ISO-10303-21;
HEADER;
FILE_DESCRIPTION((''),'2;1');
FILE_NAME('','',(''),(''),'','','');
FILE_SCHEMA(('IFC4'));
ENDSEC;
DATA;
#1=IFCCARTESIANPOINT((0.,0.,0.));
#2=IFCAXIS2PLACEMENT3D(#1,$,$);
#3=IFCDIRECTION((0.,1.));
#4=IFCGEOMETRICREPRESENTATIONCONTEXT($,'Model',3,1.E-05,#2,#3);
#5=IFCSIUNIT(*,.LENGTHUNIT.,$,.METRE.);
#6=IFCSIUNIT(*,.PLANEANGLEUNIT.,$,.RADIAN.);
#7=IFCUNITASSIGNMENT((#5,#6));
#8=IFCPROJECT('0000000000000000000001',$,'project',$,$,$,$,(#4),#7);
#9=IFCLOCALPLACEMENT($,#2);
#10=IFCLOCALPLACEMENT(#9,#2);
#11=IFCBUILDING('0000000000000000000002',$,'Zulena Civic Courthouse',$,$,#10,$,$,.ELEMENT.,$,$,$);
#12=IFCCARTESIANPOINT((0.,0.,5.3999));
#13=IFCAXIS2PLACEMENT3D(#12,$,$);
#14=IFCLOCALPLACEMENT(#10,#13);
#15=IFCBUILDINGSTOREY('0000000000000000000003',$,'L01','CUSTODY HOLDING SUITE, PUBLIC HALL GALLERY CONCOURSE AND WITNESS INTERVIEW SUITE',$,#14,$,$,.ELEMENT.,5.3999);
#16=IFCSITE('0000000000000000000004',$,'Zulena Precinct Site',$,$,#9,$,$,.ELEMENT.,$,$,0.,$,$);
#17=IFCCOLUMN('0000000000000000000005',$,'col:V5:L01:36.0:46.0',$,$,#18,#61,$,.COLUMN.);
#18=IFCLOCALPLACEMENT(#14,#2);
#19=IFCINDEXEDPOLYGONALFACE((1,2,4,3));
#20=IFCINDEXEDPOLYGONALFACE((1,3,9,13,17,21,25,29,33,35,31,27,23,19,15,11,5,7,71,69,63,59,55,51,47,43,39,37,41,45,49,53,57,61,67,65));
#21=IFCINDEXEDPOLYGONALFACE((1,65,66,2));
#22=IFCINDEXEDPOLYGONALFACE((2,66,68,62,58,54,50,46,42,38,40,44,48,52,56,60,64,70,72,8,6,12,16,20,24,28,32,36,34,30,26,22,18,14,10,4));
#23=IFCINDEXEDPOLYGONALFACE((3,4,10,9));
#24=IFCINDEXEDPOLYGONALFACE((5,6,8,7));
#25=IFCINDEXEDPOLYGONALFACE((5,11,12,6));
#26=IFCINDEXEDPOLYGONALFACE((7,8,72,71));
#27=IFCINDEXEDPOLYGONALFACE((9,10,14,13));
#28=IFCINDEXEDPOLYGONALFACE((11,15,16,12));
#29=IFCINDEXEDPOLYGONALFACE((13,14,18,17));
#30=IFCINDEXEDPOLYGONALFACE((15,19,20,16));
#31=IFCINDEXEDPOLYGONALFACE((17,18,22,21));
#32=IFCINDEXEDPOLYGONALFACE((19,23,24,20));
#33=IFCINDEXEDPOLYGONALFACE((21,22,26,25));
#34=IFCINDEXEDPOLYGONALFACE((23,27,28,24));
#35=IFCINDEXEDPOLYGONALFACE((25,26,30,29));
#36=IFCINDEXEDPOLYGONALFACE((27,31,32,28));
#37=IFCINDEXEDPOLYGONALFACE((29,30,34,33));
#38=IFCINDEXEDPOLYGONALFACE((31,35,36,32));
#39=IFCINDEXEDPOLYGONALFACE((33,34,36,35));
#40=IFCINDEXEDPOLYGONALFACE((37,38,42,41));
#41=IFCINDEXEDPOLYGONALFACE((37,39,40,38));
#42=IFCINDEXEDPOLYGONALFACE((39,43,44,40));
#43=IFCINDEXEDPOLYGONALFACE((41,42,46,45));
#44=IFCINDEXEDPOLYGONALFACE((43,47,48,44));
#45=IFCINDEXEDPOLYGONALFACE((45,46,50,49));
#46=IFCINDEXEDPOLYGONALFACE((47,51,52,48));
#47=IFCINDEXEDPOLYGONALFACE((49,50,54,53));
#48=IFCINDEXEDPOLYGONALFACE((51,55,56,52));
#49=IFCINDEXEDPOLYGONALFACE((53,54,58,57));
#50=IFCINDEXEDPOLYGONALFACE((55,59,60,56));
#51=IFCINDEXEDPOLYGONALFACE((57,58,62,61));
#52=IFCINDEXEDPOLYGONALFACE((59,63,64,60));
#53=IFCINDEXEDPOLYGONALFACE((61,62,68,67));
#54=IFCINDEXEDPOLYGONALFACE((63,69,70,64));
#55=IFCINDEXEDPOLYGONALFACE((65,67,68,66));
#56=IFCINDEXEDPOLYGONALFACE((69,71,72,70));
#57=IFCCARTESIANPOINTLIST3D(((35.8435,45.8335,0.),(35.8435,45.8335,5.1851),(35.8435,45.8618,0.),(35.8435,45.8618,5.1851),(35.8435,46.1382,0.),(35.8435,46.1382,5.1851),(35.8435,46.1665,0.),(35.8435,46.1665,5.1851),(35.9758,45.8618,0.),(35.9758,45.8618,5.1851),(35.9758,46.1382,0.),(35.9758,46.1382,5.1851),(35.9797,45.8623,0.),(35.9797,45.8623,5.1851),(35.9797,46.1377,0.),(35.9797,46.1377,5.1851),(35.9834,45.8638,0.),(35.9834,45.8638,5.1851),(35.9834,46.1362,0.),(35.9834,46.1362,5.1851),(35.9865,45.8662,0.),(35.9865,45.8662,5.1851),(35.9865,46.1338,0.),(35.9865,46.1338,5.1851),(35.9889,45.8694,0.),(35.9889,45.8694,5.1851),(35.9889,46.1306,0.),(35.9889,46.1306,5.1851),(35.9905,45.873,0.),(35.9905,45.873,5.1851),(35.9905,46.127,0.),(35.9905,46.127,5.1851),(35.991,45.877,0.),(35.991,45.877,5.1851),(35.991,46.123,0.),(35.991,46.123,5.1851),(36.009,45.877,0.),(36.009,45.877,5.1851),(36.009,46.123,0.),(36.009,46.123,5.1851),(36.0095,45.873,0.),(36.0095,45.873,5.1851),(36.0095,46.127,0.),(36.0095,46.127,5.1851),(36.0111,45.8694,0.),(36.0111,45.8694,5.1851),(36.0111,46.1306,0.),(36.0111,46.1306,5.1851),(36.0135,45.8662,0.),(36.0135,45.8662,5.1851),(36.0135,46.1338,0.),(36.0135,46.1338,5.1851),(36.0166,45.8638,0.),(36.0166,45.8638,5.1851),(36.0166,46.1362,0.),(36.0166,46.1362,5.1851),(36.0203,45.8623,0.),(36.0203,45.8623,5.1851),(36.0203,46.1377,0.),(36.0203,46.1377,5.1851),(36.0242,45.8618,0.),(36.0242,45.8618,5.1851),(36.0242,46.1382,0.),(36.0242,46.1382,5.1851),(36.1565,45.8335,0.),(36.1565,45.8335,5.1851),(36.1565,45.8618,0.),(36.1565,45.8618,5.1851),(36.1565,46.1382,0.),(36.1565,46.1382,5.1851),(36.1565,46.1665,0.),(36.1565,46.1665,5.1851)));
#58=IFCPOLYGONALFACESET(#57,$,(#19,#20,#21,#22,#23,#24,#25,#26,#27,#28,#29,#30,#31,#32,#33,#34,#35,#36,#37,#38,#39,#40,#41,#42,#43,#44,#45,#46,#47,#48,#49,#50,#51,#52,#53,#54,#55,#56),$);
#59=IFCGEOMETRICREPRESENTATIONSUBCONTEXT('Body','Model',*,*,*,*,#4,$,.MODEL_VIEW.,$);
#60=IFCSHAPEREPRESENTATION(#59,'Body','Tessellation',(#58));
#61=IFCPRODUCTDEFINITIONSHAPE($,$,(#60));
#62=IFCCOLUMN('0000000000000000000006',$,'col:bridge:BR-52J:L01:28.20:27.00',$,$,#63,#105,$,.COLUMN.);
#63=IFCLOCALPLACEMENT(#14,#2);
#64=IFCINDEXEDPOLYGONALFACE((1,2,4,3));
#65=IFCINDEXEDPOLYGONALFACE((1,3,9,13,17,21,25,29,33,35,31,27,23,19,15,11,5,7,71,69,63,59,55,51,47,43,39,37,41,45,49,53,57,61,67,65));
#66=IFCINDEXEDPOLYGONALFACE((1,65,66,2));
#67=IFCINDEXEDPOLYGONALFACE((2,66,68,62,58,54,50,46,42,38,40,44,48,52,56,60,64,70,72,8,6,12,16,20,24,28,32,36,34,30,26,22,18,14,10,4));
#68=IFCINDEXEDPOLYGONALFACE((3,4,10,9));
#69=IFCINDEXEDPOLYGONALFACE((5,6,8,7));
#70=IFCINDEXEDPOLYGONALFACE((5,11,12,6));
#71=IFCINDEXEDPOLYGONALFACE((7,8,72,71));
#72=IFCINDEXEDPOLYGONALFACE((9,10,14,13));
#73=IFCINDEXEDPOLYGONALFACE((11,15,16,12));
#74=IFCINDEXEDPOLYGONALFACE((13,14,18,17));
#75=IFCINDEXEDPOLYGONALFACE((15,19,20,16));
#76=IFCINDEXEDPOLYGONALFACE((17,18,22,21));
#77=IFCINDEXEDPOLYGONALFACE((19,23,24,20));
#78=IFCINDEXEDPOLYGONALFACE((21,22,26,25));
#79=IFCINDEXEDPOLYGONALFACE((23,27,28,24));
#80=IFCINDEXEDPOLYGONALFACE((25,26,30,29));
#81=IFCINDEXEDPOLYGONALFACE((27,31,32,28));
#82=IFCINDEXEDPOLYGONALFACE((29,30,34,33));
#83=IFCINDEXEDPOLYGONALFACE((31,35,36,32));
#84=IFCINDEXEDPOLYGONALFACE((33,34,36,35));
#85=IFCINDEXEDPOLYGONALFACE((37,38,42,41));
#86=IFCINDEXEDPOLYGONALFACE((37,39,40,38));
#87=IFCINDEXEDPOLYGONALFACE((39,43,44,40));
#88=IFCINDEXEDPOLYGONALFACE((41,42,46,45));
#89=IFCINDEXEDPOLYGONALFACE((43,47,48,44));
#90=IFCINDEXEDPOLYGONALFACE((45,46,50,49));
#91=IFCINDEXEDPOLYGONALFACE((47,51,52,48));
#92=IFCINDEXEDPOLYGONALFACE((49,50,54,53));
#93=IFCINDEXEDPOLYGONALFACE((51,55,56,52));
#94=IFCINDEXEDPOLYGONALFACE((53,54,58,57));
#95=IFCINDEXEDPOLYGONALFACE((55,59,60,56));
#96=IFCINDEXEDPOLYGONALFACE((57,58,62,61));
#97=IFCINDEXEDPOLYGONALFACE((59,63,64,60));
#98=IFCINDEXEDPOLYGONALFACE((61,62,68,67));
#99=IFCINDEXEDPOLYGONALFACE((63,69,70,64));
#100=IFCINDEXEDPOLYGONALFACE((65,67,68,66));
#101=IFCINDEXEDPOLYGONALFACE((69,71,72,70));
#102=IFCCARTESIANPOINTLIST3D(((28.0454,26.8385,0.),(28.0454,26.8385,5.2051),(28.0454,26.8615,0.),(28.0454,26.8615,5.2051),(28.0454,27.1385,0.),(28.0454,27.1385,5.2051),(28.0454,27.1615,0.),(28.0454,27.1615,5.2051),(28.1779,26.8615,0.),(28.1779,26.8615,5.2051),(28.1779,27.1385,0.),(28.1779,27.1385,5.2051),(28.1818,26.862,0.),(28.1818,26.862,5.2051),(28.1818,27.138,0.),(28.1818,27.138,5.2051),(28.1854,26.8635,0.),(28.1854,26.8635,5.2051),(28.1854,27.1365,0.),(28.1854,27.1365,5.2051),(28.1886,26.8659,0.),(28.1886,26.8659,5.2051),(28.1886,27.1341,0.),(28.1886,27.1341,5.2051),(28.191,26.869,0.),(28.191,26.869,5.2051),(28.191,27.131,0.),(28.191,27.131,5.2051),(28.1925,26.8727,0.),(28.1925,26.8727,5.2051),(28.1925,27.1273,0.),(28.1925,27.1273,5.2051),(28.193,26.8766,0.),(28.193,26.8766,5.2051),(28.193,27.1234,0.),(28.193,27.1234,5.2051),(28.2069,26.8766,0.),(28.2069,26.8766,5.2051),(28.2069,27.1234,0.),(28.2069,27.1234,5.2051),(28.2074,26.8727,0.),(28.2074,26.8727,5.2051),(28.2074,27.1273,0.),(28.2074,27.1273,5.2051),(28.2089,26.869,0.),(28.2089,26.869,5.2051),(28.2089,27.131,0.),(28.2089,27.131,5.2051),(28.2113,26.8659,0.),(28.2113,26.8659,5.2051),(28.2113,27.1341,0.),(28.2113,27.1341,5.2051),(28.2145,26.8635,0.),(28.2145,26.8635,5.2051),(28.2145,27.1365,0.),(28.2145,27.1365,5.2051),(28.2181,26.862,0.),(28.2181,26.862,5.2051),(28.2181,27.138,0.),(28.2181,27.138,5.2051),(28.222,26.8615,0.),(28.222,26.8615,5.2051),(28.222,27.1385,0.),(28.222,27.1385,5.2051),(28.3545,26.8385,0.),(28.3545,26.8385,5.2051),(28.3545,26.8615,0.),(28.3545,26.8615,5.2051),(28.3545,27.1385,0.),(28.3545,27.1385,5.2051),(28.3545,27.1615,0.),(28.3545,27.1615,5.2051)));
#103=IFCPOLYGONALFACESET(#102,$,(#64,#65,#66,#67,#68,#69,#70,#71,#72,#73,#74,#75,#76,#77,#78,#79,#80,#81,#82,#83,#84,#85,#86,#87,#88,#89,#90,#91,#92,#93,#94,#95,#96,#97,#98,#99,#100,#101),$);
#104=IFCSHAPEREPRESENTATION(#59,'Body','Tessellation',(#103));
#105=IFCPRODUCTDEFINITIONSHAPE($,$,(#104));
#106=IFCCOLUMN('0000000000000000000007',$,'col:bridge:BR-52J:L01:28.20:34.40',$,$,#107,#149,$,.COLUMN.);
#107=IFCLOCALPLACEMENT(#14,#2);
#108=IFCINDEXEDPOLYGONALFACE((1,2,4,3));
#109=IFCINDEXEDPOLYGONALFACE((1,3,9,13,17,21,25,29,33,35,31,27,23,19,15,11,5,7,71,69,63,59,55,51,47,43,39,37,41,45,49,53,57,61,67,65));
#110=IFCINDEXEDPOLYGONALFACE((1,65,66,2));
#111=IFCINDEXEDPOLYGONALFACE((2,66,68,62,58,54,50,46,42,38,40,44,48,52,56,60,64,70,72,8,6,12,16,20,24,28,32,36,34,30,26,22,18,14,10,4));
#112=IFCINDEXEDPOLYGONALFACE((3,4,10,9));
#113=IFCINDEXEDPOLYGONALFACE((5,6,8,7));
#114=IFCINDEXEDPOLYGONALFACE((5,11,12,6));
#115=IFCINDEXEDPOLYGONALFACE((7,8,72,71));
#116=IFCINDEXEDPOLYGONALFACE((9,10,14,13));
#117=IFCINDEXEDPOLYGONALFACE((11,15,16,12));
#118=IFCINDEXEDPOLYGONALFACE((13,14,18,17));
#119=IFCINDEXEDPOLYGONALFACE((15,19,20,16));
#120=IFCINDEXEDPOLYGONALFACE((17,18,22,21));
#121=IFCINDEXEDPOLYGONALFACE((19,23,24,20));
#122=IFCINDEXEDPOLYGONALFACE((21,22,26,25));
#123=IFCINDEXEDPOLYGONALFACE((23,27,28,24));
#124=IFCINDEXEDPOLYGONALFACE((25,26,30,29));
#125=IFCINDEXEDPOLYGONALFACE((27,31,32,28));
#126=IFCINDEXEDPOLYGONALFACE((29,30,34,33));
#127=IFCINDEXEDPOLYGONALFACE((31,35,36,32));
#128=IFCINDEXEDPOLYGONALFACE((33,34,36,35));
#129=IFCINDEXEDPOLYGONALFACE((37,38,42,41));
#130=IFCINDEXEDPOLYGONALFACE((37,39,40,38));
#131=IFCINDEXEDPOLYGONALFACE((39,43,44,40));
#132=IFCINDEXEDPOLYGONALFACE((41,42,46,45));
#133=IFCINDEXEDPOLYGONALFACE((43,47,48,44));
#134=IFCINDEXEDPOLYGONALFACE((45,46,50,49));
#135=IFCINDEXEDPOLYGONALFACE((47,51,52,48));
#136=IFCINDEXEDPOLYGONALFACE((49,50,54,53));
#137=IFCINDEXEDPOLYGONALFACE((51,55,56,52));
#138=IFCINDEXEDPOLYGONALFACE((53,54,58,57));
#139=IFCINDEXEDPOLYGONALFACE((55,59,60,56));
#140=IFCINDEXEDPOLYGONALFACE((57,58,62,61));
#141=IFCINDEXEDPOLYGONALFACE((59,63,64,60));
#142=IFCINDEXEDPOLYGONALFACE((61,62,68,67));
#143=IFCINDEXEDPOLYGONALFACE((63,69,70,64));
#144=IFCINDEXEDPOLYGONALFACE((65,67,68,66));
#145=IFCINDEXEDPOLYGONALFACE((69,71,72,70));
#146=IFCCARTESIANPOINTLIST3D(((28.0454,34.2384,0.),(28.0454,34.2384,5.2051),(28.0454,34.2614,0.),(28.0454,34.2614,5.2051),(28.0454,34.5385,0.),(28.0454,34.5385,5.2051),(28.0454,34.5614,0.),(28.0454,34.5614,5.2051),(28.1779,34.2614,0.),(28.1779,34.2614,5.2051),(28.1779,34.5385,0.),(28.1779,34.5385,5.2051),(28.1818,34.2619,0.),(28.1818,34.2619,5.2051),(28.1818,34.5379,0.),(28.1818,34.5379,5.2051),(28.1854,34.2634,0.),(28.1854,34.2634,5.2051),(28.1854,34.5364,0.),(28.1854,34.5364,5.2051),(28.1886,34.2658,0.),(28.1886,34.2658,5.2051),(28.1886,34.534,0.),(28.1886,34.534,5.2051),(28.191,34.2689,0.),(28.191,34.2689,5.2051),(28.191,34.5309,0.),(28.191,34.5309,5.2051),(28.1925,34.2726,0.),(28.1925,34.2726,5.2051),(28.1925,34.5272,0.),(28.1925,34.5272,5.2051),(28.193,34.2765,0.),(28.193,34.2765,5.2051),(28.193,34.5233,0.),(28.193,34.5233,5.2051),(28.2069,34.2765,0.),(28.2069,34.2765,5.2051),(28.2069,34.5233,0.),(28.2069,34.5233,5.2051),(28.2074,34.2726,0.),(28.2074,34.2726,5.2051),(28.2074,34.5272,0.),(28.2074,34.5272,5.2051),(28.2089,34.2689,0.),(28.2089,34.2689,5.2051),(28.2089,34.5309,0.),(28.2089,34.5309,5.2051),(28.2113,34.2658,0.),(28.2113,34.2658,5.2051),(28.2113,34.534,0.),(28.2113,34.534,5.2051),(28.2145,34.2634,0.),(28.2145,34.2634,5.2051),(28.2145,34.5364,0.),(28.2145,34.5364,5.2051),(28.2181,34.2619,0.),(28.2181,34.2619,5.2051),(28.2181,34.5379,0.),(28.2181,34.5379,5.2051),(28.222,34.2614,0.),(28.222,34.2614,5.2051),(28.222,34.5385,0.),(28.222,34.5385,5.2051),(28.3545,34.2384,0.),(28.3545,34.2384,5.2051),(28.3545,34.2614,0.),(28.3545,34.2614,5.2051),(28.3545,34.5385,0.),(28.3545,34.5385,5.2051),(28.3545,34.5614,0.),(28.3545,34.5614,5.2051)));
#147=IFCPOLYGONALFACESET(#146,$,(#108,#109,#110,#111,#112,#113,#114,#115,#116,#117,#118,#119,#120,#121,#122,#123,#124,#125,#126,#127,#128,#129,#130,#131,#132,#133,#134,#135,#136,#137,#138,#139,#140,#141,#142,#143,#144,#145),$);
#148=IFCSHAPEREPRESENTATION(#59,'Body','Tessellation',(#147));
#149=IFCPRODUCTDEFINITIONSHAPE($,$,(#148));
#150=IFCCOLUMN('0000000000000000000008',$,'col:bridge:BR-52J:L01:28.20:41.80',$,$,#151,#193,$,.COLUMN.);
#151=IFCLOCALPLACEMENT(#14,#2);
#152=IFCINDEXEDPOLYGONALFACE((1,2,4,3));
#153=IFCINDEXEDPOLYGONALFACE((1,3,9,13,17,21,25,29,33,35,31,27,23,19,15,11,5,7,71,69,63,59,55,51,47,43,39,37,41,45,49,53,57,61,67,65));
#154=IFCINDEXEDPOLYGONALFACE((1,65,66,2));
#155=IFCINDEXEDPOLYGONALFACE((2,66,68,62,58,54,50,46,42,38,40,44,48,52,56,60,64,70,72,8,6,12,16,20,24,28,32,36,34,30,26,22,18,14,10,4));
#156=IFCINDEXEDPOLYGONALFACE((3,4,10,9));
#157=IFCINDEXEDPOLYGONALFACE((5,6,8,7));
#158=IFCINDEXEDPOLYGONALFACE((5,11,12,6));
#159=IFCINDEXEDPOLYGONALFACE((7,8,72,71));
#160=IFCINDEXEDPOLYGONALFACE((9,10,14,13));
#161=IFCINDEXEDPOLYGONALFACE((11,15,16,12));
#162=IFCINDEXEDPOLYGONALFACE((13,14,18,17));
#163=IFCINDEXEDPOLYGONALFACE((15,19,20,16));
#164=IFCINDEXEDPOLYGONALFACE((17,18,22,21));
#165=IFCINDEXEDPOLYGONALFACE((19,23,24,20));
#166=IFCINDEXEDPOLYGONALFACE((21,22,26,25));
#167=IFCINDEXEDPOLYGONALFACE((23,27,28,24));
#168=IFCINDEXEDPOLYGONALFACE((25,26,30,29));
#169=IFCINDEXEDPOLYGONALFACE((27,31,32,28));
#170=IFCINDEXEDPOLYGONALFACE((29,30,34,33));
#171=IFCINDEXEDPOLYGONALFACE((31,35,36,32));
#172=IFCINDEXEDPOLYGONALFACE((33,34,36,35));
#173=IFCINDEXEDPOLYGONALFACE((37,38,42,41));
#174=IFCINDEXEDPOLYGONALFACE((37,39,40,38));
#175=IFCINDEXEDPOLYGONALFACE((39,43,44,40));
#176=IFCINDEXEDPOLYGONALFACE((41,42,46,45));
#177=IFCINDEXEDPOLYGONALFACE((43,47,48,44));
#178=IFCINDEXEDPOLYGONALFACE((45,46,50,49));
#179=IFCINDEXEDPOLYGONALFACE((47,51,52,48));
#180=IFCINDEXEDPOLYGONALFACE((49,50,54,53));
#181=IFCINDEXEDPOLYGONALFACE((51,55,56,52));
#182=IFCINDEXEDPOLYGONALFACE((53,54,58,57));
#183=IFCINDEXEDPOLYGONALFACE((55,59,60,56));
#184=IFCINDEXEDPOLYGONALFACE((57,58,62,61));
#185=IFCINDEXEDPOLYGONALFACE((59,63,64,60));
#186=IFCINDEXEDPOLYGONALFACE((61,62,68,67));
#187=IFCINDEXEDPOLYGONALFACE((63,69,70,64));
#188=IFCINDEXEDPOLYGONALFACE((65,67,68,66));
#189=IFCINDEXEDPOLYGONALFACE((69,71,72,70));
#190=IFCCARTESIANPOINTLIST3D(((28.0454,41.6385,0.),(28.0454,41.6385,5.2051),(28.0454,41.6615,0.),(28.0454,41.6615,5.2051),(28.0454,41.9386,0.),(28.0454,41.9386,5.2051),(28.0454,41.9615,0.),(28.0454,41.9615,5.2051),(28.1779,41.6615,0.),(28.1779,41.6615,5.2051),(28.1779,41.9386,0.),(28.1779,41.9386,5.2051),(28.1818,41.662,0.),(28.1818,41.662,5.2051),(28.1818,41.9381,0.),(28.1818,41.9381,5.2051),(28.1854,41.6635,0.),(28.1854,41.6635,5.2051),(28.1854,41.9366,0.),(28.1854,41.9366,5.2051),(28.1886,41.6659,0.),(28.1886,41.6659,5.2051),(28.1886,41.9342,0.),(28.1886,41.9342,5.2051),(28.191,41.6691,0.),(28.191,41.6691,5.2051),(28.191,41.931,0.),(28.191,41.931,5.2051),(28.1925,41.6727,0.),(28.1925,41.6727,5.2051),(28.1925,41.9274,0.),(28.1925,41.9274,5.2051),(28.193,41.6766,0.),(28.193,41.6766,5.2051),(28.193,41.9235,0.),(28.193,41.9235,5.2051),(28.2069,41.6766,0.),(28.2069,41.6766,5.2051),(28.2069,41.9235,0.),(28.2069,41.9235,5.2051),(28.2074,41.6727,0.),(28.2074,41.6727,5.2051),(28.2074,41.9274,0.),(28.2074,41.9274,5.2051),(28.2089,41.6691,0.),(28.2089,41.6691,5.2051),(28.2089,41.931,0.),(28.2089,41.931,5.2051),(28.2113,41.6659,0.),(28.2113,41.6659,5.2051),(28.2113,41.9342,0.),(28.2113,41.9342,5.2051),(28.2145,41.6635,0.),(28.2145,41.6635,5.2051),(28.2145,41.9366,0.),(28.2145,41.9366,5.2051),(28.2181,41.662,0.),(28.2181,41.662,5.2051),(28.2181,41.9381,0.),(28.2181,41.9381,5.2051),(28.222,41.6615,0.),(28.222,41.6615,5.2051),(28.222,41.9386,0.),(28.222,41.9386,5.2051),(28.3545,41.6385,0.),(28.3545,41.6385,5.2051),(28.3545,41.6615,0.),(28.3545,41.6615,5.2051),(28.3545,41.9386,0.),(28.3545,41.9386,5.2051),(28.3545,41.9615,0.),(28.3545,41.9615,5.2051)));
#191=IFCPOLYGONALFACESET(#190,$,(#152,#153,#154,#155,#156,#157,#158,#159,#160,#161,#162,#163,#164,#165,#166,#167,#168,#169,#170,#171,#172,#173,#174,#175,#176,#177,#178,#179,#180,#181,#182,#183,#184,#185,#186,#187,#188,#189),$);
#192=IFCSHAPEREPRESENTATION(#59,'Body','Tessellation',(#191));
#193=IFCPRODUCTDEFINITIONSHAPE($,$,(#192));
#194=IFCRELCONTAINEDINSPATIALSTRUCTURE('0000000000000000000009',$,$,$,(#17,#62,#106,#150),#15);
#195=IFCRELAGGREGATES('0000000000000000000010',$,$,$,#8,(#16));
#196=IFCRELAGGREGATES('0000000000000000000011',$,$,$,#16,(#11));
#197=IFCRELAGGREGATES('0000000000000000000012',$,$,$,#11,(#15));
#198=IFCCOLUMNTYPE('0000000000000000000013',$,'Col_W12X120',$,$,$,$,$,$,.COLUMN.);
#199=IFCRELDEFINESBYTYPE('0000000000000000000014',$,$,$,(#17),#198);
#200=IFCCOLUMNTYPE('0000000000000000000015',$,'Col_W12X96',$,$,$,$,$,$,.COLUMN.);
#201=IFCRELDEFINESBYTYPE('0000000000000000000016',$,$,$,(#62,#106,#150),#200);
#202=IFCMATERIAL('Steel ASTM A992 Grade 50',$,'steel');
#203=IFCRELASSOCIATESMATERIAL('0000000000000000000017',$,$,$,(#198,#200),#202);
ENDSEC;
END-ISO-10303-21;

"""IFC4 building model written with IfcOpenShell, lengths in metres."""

from ifc_helpers import new_model, si_unit, direction, frame, origin, origin_2d, place, context, subcontext, project, spatial, i_section, extrude, material, material_profile, profile_set, type_object, element, save


model = new_model("IFC4")

# Units and contexts
model_context = context("Model", 3, precision=1e-05, world=origin(), true_north=direction((0.0, 1.0)))
body_context = subcontext(model_context, "Body", "Model", "MODEL_VIEW")
ifc_project = project(units=[si_unit("LENGTHUNIT", "METRE"), si_unit("PLANEANGLEUNIT", "RADIAN")], contexts=[model_context])

# Site, building, storey
site_placement = place(None, origin())
site = spatial("IfcSite", under=ifc_project, at=site_placement, Name="Zulena Precinct Site", CompositionType="ELEMENT", RefElevation=0.0)
building_placement = place(site_placement, origin())
building = spatial("IfcBuilding", under=site, at=building_placement, Name="Zulena Civic Courthouse", CompositionType="ELEMENT")
storey_placement = place(building_placement, frame((0.0, 0.0, 5.3999)))
storey = spatial("IfcBuildingStorey", under=building, at=storey_placement, Name="L01", Description="CUSTODY HOLDING SUITE, PUBLIC HALL GALLERY CONCOURSE AND WITNESS INTERVIEW SUITE", CompositionType="ELEMENT", Elevation=5.3999)

# Columns
ifc_material_1 = material(Name="Steel ASTM A992 Grade 50", Category="steel")
ifc_material_profile_1 = material_profile(ifc_material_1, i_section(OverallWidth=0.313, OverallDepth=0.333, WebThickness=0.0181, FlangeThickness=0.0283, FilletRadius=0.0151, at=origin_2d()), Name="W12X120")
ifc_profile_set_1 = profile_set([ifc_material_profile_1], Name="Steel ASTM A992 Grade 50")
column_type_1 = type_object("IfcColumnType", Name="Col_W12X120", PredefinedType="COLUMN", material=ifc_profile_set_1)
for number, where, z_axis, x_axis, name in (
    (1, (36.0, 46.0, 0.0), (0.0, 0.0, 1.0), (1.0, 0.0, 0.0), "col:V5:L01:36.0:46.0"),
):
    element("IfcColumn", number, at=place(storey_placement, frame(where, z_axis=z_axis, x_axis=x_axis)), inside=storey, type_object=column_type_1, Name=name, PredefinedType="COLUMN", context=body_context, shape_type="SweptSolid", body=[
        extrude(i_section(OverallWidth=0.313, OverallDepth=0.333, WebThickness=0.0181, FlangeThickness=0.0283, FilletRadius=0.0151, at=origin_2d()), origin(), (0.0, 0.0, 1.0), 5.1851),
    ])
ifc_material_profile_2 = material_profile(ifc_material_1, i_section(OverallWidth=0.3091, OverallDepth=0.323, WebThickness=0.0139, FlangeThickness=0.0229, FilletRadius=0.0151, at=origin_2d()), Name="W12X96")
ifc_profile_set_2 = profile_set([ifc_material_profile_2], Name="Steel ASTM A992 Grade 50")
column_type_2 = type_object("IfcColumnType", Name="Col_W12X96", PredefinedType="COLUMN", material=ifc_profile_set_2)
for number, where, z_axis, x_axis, name in (
    (2, (28.2, 27.0, 0.0), (0.0, 0.0, 1.0), (1.0, 0.0, 0.0), "col:bridge:BR-52J:L01:28.20:27.00"),
    (3, (28.2, 34.3999, 0.0), (0.0, 0.0, 1.0), (1.0, 0.0, 0.0), "col:bridge:BR-52J:L01:28.20:34.40"),
    (4, (28.2, 41.8, 0.0), (0.0, 0.0, 1.0), (1.0, 0.0, 0.0), "col:bridge:BR-52J:L01:28.20:41.80"),
):
    element("IfcColumn", number, at=place(storey_placement, frame(where, z_axis=z_axis, x_axis=x_axis)), inside=storey, type_object=column_type_2, Name=name, PredefinedType="COLUMN", context=body_context, shape_type="SweptSolid", body=[
        extrude(i_section(OverallWidth=0.3091, OverallDepth=0.323, WebThickness=0.0139, FlangeThickness=0.0229, FilletRadius=0.0151, at=origin_2d()), origin(), (0.0, 0.0, 1.0), 5.2051),
    ])

save(model, "model.ifc")
